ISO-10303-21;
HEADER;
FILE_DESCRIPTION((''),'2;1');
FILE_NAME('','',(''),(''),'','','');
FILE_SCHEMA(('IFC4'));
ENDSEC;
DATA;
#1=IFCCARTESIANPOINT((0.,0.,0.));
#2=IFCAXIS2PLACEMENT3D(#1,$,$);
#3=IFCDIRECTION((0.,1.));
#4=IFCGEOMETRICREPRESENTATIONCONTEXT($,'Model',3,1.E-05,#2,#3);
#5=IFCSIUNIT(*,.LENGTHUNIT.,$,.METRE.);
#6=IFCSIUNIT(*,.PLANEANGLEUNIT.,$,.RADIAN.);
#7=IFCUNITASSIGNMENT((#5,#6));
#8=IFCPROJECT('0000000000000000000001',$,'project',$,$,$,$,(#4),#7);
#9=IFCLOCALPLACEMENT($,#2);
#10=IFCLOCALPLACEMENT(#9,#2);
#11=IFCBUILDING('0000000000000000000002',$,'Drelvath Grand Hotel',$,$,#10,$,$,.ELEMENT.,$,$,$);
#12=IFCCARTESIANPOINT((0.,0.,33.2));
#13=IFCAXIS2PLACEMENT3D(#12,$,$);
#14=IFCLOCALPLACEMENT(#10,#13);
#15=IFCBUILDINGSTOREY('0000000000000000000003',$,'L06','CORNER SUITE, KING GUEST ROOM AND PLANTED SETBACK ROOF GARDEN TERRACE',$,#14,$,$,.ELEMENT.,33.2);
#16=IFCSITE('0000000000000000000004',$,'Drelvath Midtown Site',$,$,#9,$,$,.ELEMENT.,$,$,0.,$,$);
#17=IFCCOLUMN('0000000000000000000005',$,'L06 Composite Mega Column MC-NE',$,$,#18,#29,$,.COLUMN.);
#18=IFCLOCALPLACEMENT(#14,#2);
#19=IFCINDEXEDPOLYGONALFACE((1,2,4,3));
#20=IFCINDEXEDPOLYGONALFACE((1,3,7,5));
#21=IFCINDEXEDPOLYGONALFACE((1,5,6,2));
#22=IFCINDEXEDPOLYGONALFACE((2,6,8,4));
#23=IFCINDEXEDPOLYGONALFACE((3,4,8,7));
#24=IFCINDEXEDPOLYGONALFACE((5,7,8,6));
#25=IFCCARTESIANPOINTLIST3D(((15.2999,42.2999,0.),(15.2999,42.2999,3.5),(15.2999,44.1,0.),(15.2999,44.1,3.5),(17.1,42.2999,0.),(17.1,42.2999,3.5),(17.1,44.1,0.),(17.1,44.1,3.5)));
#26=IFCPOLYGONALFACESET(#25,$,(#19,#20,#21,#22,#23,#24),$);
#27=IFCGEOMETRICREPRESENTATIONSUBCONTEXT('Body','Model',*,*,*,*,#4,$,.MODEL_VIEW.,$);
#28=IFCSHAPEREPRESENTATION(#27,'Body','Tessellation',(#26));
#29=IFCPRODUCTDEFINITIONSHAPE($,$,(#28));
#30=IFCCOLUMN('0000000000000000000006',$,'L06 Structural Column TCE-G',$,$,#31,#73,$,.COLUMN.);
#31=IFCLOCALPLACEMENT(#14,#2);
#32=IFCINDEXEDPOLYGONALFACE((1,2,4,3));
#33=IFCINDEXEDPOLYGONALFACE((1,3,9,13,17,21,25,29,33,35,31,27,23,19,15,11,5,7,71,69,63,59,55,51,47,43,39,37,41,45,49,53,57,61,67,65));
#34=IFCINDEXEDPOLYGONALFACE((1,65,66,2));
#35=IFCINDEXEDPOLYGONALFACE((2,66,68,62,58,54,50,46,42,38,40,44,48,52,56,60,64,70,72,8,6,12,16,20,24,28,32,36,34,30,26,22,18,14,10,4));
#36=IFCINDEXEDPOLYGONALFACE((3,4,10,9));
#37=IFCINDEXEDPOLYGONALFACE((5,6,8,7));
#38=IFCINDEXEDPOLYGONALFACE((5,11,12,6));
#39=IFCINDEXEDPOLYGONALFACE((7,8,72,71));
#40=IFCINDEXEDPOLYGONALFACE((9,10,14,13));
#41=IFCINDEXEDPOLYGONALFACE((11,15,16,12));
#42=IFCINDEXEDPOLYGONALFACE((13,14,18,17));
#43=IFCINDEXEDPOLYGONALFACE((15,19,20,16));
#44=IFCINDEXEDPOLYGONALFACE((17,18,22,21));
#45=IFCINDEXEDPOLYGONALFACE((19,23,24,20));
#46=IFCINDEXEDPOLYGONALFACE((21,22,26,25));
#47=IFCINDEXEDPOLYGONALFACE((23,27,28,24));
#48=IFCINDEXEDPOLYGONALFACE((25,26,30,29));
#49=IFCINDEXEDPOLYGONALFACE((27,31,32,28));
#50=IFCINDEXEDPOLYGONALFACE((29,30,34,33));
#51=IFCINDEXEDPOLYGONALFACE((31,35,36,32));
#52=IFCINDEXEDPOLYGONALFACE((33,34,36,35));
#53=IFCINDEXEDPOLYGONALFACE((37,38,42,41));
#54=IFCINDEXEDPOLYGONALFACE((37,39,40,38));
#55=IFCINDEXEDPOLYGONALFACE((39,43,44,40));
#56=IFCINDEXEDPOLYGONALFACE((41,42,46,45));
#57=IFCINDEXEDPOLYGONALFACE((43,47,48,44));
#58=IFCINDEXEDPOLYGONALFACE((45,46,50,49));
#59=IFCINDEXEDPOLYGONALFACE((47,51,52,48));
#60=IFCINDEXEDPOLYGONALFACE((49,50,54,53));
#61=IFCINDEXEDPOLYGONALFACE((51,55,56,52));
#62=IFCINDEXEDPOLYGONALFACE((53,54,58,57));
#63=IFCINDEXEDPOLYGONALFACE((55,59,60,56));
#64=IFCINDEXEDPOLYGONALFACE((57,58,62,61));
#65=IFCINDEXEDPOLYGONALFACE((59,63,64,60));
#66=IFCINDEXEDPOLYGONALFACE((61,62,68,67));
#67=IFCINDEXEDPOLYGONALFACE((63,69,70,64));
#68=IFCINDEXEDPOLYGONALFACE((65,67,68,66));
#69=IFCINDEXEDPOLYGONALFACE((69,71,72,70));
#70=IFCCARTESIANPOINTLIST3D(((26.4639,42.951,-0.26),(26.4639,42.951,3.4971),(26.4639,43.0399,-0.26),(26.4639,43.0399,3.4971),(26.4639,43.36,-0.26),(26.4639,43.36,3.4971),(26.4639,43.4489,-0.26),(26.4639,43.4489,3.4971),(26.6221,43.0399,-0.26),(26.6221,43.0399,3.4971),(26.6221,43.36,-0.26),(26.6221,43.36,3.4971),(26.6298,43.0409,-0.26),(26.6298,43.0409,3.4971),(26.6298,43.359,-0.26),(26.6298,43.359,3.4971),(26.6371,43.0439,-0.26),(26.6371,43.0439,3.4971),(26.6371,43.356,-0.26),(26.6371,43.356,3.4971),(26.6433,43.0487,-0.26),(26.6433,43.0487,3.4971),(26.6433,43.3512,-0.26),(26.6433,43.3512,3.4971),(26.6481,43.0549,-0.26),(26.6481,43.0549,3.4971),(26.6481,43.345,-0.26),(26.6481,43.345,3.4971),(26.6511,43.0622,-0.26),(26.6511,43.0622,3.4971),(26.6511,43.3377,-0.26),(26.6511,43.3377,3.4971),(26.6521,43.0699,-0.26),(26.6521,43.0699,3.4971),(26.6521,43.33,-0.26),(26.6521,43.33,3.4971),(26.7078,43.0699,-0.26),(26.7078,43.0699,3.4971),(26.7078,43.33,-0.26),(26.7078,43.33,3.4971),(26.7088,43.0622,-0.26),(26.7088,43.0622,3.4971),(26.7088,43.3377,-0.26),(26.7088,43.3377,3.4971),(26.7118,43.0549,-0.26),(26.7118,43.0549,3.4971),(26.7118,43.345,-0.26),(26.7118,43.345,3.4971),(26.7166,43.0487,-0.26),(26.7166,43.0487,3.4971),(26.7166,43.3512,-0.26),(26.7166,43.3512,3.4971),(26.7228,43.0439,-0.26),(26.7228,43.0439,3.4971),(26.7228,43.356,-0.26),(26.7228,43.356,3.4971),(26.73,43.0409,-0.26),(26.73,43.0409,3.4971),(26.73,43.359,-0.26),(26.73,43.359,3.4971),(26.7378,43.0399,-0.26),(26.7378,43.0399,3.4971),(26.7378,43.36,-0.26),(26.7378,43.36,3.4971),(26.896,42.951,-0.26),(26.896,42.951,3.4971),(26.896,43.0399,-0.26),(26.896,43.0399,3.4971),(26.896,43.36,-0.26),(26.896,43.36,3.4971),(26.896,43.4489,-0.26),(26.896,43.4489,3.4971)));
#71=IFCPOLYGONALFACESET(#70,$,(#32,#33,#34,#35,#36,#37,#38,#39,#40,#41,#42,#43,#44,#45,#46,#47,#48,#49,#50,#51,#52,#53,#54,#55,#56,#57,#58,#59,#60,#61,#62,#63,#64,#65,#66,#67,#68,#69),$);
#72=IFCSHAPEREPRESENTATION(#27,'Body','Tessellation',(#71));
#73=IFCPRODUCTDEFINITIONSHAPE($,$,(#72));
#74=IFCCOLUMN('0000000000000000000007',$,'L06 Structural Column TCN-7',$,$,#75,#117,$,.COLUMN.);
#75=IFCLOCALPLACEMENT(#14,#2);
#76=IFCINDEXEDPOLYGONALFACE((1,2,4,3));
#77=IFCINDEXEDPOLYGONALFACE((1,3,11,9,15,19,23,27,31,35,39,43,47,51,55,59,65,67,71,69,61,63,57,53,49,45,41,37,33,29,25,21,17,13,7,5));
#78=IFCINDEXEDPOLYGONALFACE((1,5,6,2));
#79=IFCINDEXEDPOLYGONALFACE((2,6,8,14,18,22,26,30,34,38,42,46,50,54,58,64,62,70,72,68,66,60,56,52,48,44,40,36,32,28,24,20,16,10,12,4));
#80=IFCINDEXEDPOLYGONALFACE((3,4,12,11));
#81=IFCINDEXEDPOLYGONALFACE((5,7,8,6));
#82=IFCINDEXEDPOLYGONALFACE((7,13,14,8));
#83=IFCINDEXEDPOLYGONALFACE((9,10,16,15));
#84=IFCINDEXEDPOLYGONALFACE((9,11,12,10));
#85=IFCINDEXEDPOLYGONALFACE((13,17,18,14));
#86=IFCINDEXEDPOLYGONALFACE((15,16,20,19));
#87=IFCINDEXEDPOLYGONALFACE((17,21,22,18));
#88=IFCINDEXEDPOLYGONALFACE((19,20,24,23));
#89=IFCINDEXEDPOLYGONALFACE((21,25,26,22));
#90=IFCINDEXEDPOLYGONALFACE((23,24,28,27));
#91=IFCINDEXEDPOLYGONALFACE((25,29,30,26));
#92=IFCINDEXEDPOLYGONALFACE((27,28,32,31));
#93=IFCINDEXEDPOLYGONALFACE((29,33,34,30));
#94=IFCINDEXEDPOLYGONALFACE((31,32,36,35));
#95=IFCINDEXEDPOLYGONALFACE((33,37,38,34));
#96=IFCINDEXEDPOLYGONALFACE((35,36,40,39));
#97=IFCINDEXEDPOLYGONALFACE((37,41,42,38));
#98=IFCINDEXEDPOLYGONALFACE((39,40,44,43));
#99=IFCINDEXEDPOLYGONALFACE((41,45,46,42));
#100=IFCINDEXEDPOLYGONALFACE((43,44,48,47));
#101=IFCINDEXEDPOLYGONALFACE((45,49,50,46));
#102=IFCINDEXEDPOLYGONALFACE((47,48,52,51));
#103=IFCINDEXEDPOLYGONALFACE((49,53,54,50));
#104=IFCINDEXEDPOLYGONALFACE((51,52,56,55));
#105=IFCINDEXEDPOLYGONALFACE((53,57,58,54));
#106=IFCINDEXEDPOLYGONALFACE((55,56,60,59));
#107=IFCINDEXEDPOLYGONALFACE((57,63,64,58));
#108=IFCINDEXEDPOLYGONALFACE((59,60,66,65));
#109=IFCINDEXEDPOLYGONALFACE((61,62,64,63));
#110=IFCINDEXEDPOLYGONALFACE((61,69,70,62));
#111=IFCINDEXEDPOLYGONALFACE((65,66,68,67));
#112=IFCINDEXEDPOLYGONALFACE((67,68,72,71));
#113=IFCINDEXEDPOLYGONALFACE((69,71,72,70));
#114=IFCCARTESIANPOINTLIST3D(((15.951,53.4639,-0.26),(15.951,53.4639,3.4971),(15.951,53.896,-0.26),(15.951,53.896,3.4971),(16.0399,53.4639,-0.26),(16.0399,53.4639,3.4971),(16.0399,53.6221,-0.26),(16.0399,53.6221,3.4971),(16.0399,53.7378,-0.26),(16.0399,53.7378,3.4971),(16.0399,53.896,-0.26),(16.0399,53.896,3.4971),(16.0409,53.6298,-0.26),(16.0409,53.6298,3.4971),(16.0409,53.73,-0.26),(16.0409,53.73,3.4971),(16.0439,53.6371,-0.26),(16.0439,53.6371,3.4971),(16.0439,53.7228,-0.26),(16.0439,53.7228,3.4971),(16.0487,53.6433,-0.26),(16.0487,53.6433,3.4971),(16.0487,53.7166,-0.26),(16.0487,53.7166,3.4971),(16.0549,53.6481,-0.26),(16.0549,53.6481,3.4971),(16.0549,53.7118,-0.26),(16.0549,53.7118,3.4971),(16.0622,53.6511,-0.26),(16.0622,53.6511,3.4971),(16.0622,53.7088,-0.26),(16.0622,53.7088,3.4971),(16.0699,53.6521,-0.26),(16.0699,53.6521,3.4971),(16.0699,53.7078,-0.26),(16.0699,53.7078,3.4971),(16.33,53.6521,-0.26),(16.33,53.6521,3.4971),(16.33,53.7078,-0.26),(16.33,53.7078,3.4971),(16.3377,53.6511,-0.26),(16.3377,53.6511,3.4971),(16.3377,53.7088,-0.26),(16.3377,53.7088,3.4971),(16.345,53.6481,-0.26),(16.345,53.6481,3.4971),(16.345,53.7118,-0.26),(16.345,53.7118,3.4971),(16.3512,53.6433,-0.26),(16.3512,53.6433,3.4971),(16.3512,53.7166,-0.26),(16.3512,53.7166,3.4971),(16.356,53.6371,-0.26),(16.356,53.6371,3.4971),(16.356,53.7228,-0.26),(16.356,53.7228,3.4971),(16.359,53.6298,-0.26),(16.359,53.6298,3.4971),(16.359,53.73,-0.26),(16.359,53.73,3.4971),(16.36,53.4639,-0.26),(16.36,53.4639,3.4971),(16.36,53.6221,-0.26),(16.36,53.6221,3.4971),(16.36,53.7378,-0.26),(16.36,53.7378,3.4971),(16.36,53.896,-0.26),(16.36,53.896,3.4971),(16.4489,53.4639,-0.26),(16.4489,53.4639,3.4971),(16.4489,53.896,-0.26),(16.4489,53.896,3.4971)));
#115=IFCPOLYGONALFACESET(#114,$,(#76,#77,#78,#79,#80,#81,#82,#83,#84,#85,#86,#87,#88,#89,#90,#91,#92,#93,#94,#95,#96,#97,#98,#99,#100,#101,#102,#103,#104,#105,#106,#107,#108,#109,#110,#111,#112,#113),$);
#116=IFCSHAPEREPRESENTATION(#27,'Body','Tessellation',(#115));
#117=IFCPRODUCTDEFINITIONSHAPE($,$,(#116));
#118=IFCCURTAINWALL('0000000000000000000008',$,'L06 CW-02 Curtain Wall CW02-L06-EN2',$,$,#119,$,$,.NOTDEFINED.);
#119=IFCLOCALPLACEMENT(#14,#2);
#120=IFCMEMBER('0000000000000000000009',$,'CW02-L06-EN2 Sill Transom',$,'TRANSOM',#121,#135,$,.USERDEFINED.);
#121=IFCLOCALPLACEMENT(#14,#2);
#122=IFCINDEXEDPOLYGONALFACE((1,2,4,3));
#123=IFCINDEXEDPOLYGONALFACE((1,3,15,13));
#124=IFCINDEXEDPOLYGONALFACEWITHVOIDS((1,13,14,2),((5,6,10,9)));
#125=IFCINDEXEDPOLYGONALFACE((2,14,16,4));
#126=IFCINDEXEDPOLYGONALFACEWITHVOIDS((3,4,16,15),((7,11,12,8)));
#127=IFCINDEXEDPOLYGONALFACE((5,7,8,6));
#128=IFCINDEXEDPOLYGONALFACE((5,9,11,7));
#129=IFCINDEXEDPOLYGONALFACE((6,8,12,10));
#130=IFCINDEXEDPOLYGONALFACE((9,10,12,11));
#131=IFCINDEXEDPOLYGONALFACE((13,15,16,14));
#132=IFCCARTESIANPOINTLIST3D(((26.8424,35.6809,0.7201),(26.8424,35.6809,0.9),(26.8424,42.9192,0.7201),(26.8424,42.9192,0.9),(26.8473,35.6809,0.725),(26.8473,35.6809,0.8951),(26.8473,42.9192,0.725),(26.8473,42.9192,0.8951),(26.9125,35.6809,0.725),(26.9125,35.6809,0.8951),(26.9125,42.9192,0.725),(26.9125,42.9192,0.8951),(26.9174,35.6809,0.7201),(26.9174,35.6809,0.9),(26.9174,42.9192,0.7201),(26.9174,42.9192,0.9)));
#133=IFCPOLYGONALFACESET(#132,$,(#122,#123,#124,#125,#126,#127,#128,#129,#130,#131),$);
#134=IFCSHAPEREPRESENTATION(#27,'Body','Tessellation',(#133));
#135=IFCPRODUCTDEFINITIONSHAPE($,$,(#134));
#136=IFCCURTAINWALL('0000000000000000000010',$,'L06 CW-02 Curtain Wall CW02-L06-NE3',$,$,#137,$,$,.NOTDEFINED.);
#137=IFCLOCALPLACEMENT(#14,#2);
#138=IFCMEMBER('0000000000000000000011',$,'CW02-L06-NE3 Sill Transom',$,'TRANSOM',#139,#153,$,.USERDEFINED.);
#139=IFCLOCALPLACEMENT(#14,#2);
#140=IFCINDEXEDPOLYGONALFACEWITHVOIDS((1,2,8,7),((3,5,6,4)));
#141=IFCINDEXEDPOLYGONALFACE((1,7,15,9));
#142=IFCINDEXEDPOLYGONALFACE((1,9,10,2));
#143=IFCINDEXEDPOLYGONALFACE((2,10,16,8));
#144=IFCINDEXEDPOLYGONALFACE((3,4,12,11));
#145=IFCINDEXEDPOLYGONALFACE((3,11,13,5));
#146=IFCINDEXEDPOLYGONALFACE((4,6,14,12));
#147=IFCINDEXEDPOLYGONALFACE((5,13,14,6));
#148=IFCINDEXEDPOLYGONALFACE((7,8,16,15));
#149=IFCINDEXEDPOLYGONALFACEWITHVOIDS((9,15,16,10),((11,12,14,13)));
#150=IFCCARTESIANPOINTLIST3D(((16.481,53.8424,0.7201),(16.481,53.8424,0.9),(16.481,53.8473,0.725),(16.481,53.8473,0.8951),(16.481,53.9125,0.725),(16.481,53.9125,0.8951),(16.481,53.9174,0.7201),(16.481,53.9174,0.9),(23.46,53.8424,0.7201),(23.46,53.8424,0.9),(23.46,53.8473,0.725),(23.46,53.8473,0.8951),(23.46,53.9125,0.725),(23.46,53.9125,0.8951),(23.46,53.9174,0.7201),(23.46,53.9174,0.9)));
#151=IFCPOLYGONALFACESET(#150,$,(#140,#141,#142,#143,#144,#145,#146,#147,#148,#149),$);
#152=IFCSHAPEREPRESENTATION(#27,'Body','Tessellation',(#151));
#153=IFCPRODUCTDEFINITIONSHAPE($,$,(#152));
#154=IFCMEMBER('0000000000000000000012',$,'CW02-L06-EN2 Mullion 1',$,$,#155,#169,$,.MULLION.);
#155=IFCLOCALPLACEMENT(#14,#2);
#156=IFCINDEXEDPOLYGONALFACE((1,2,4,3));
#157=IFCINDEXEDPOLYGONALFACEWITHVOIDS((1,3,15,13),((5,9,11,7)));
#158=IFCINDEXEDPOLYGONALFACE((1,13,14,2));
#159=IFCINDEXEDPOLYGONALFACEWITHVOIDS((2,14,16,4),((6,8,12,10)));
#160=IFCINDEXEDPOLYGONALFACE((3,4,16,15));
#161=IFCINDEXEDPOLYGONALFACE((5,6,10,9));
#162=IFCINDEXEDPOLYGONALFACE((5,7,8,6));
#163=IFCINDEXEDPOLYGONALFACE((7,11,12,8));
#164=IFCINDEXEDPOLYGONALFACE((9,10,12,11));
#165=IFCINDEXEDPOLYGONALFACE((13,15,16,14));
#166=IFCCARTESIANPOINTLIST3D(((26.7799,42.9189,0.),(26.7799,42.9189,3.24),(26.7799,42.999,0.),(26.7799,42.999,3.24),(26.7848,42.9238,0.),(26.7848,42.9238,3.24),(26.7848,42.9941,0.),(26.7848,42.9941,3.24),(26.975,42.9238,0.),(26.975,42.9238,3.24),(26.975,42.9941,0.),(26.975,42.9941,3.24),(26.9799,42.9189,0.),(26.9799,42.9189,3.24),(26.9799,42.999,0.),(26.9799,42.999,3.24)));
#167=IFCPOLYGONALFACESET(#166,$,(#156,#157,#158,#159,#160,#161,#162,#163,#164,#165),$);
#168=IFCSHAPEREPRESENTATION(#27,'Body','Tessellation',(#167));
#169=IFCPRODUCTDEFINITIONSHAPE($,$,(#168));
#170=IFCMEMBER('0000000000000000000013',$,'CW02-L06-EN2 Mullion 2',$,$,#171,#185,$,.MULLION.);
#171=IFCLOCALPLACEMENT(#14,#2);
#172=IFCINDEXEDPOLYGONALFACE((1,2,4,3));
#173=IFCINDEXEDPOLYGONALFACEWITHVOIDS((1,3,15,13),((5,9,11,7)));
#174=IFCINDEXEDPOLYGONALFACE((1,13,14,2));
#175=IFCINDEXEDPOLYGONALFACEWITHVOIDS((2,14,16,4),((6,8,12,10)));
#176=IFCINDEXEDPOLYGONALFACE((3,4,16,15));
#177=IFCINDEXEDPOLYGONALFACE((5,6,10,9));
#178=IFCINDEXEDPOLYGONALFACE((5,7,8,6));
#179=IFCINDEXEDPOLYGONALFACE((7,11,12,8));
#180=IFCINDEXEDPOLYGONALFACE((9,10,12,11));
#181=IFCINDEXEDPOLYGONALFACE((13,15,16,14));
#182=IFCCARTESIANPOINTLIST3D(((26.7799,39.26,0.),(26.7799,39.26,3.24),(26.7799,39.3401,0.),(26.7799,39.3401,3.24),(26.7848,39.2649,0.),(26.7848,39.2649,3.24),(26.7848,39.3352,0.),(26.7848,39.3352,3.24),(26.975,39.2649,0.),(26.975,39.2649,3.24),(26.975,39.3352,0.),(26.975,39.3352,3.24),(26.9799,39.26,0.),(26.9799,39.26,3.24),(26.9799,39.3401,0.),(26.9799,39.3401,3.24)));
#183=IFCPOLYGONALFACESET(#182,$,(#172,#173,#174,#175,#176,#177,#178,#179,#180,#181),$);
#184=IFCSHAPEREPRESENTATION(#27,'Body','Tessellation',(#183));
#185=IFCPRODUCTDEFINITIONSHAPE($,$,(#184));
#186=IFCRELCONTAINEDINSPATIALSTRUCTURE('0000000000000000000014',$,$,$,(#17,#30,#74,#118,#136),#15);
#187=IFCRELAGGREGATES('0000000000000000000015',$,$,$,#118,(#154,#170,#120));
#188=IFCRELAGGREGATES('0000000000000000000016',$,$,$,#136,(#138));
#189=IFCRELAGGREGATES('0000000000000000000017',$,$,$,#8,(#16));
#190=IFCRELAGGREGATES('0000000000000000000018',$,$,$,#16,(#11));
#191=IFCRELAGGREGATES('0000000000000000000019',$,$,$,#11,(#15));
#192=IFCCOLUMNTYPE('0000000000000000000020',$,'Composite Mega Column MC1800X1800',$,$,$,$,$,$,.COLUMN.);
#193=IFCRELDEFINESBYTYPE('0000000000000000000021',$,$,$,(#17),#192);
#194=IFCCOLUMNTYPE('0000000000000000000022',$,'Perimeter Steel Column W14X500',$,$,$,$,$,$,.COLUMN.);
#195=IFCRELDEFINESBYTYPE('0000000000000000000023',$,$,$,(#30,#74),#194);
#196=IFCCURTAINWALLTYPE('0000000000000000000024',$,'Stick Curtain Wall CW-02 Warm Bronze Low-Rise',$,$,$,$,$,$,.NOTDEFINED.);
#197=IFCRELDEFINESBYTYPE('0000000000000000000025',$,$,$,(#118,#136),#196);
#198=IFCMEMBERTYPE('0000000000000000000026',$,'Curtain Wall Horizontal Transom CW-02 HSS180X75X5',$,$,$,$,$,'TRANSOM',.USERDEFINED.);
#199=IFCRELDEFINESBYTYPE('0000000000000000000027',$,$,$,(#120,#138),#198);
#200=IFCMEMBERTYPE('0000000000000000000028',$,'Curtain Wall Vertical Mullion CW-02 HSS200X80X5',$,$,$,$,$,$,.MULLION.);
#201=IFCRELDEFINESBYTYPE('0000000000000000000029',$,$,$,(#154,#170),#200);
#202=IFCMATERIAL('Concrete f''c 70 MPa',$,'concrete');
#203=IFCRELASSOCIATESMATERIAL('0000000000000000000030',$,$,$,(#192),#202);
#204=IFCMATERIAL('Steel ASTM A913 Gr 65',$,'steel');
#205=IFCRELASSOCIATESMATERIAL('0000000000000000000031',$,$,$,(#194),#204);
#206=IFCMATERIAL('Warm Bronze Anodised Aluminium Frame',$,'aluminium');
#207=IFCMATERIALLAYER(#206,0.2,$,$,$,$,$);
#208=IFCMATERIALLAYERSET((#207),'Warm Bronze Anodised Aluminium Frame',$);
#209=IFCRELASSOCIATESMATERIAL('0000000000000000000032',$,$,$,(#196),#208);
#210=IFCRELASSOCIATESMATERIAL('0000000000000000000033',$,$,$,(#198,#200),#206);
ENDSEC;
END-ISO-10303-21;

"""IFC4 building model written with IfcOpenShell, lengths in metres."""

from ifc_helpers import new_model, si_unit, direction, frame, origin, origin_2d, place, context, subcontext, project, spatial, rectangle, hollow_rectangle, i_section, extrude, material, layer, layer_set, material_profile, profile_set, type_object, element, aggregate, save


model = new_model("IFC4")

# Units and contexts
model_context = context("Model", 3, precision=1e-05, world=origin(), true_north=direction((0.0, 1.0)))
body_context = subcontext(model_context, "Body", "Model", "MODEL_VIEW")
ifc_project = project(units=[si_unit("LENGTHUNIT", "METRE"), si_unit("PLANEANGLEUNIT", "RADIAN")], contexts=[model_context])

# Site, building, storey
site_placement = place(None, origin())
site = spatial("IfcSite", under=ifc_project, at=site_placement, Name="Drelvath Midtown Site", CompositionType="ELEMENT", RefElevation=0.0)
building_placement = place(site_placement, origin())
building = spatial("IfcBuilding", under=site, at=building_placement, Name="Drelvath Grand Hotel", CompositionType="ELEMENT")
storey_placement = place(building_placement, frame((0.0, 0.0, 33.2)))
storey = spatial("IfcBuildingStorey", under=building, at=storey_placement, Name="L06", Description="CORNER SUITE, KING GUEST ROOM AND PLANTED SETBACK ROOF GARDEN TERRACE", CompositionType="ELEMENT", Elevation=33.2)

# Columns
ifc_material_1 = material(Name="Concrete f'c 70 MPa", Category="concrete")
ifc_material_profile_1 = material_profile(ifc_material_1, rectangle(XDim=1.8, YDim=1.8, at=origin_2d()), Name="MC1800X1800")
ifc_profile_set_1 = profile_set([ifc_material_profile_1], Name="Concrete f'c 70 MPa")
column_type_1 = type_object("IfcColumnType", Name="Composite Mega Column MC1800X1800", PredefinedType="COLUMN", material=ifc_profile_set_1)
column_placement = place(storey_placement, frame((16.2, 43.2, 0.0), z_axis=(0.0, 0.0, 1.0), x_axis=(1.0, 0.0, 0.0)))
element("IfcColumn", 1, at=column_placement, inside=storey, type_object=column_type_1, Name="L06 Composite Mega Column MC-NE", PredefinedType="COLUMN", context=body_context, shape_type="SweptSolid", body=[
    extrude(rectangle(XDim=1.8, YDim=1.8, at=origin_2d()), origin(), (0.0, 0.0, 1.0), 3.5),
])
ifc_material_2 = material(Name="Steel ASTM A913 Gr 65", Category="steel")
ifc_material_profile_2 = material_profile(ifc_material_2, i_section(OverallWidth=0.4321, OverallDepth=0.4978, WebThickness=0.0557, FlangeThickness=0.0889, FilletRadius=0.03, at=origin_2d()), Name="W14X500")
ifc_profile_set_2 = profile_set([ifc_material_profile_2], Name="Steel ASTM A913 Gr 65")
column_type_2 = type_object("IfcColumnType", Name="Perimeter Steel Column W14X500", PredefinedType="COLUMN", material=ifc_profile_set_2)
for number, where, z_axis, x_axis, name in (
    (2, (26.6799, 43.2, -0.26), (0.0, 0.0, 1.0), (1.0, 0.0, 0.0), "L06 Structural Column TCE-G"),
    (3, (16.2, 53.6799, -0.26), (0.0, 0.0, 1.0), (0.0, 1.0, 0.0), "L06 Structural Column TCN-7"),
):
    element("IfcColumn", number, at=place(storey_placement, frame(where, z_axis=z_axis, x_axis=x_axis)), inside=storey, type_object=column_type_2, Name=name, PredefinedType="COLUMN", context=body_context, shape_type="SweptSolid", body=[
        extrude(i_section(OverallWidth=0.4321, OverallDepth=0.4978, WebThickness=0.0557, FlangeThickness=0.0889, FilletRadius=0.03, at=origin_2d()), origin(), (0.0, 0.0, 1.0), 3.7571),
    ])

# Curtain walls, members
ifc_material_3 = material(Name="Warm Bronze Anodised Aluminium Frame", Category="aluminium")
ifc_layer_1 = layer(ifc_material_3, 0.2)
ifc_layer_set_1 = layer_set([ifc_layer_1], Name="Warm Bronze Anodised Aluminium Frame")
curtain_wall_type = type_object("IfcCurtainWallType", Name="Stick Curtain Wall CW-02 Warm Bronze Low-Rise", PredefinedType="NOTDEFINED", material=ifc_layer_set_1)
curtain_wall_1_placement = place(storey_placement, origin())
curtain_wall_1 = element("IfcCurtainWall", 4, at=curtain_wall_1_placement, inside=storey, type_object=curtain_wall_type, Name="L06 CW-02 Curtain Wall CW02-L06-EN2", PredefinedType="NOTDEFINED")
ifc_material_profile_3 = material_profile(ifc_material_3, hollow_rectangle(XDim=0.075, YDim=0.1799, WallThickness=0.0049, at=origin_2d()), Name="HSS180X75X5")
ifc_profile_set_3 = profile_set([ifc_material_profile_3], Name="Warm Bronze Anodised Aluminium Frame")
member_type_1 = type_object("IfcMemberType", Name="Curtain Wall Horizontal Transom CW-02 HSS180X75X5", ElementType="TRANSOM", PredefinedType="USERDEFINED", material=ifc_profile_set_3)
member_1_placement = place(storey_placement, frame((26.8799, 42.9192, 0.8101), z_axis=(0.0, -1.0, 0.0), x_axis=(1.0, 0.0, 0.0)))
member_1 = element("IfcMember", 5, at=member_1_placement, type_object=member_type_1, Name="CW02-L06-EN2 Sill Transom", ObjectType="TRANSOM", PredefinedType="USERDEFINED", context=body_context, shape_type="SweptSolid", body=[
    extrude(hollow_rectangle(XDim=0.075, YDim=0.1799, WallThickness=0.0049, at=origin_2d()), origin(), (0.0, 0.0, 1.0), 7.2383),
])
curtain_wall_2_placement = place(storey_placement, origin())
curtain_wall_2 = element("IfcCurtainWall", 6, at=curtain_wall_2_placement, inside=storey, type_object=curtain_wall_type, Name="L06 CW-02 Curtain Wall CW02-L06-NE3", PredefinedType="NOTDEFINED")
member_2_placement = place(storey_placement, frame((16.481, 53.8799, 0.8101), z_axis=(1.0, 0.0, 0.0), x_axis=(0.0, 1.0, 0.0)))
member_2 = element("IfcMember", 7, at=member_2_placement, type_object=member_type_1, Name="CW02-L06-NE3 Sill Transom", ObjectType="TRANSOM", PredefinedType="USERDEFINED", context=body_context, shape_type="SweptSolid", body=[
    extrude(hollow_rectangle(XDim=0.075, YDim=0.1799, WallThickness=0.0049, at=origin_2d()), origin(), (0.0, 0.0, 1.0), 6.979),
])

# Members
ifc_material_profile_4 = material_profile(ifc_material_3, hollow_rectangle(XDim=0.0801, YDim=0.2, WallThickness=0.0049, at=origin_2d()), Name="HSS200X80X5")
ifc_profile_set_4 = profile_set([ifc_material_profile_4], Name="Warm Bronze Anodised Aluminium Frame")
member_type_2 = type_object("IfcMemberType", Name="Curtain Wall Vertical Mullion CW-02 HSS200X80X5", PredefinedType="MULLION", material=ifc_profile_set_4)
member_3_placement = place(storey_placement, frame((26.8799, 42.959, 0.0), z_axis=(0.0, 0.0, 1.0), x_axis=(0.0, 1.0, 0.0)))
member_3 = element("IfcMember", 8, at=member_3_placement, type_object=member_type_2, Name="CW02-L06-EN2 Mullion 1", PredefinedType="MULLION", context=body_context, shape_type="SweptSolid", body=[
    extrude(hollow_rectangle(XDim=0.0801, YDim=0.2, WallThickness=0.0049, at=origin_2d()), origin(), (0.0, 0.0, 1.0), 3.24),
])
member_4_placement = place(storey_placement, frame((26.8799, 39.3, 0.0), z_axis=(0.0, 0.0, 1.0), x_axis=(0.0, 1.0, 0.0)))
member_4 = element("IfcMember", 9, at=member_4_placement, type_object=member_type_2, Name="CW02-L06-EN2 Mullion 2", PredefinedType="MULLION", context=body_context, shape_type="SweptSolid", body=[
    extrude(hollow_rectangle(XDim=0.0801, YDim=0.2, WallThickness=0.0049, at=origin_2d()), origin(), (0.0, 0.0, 1.0), 3.24),
])

aggregate(curtain_wall_1, [member_3, member_4, member_1])
aggregate(curtain_wall_2, [member_2])

save(model, "model.ifc")
